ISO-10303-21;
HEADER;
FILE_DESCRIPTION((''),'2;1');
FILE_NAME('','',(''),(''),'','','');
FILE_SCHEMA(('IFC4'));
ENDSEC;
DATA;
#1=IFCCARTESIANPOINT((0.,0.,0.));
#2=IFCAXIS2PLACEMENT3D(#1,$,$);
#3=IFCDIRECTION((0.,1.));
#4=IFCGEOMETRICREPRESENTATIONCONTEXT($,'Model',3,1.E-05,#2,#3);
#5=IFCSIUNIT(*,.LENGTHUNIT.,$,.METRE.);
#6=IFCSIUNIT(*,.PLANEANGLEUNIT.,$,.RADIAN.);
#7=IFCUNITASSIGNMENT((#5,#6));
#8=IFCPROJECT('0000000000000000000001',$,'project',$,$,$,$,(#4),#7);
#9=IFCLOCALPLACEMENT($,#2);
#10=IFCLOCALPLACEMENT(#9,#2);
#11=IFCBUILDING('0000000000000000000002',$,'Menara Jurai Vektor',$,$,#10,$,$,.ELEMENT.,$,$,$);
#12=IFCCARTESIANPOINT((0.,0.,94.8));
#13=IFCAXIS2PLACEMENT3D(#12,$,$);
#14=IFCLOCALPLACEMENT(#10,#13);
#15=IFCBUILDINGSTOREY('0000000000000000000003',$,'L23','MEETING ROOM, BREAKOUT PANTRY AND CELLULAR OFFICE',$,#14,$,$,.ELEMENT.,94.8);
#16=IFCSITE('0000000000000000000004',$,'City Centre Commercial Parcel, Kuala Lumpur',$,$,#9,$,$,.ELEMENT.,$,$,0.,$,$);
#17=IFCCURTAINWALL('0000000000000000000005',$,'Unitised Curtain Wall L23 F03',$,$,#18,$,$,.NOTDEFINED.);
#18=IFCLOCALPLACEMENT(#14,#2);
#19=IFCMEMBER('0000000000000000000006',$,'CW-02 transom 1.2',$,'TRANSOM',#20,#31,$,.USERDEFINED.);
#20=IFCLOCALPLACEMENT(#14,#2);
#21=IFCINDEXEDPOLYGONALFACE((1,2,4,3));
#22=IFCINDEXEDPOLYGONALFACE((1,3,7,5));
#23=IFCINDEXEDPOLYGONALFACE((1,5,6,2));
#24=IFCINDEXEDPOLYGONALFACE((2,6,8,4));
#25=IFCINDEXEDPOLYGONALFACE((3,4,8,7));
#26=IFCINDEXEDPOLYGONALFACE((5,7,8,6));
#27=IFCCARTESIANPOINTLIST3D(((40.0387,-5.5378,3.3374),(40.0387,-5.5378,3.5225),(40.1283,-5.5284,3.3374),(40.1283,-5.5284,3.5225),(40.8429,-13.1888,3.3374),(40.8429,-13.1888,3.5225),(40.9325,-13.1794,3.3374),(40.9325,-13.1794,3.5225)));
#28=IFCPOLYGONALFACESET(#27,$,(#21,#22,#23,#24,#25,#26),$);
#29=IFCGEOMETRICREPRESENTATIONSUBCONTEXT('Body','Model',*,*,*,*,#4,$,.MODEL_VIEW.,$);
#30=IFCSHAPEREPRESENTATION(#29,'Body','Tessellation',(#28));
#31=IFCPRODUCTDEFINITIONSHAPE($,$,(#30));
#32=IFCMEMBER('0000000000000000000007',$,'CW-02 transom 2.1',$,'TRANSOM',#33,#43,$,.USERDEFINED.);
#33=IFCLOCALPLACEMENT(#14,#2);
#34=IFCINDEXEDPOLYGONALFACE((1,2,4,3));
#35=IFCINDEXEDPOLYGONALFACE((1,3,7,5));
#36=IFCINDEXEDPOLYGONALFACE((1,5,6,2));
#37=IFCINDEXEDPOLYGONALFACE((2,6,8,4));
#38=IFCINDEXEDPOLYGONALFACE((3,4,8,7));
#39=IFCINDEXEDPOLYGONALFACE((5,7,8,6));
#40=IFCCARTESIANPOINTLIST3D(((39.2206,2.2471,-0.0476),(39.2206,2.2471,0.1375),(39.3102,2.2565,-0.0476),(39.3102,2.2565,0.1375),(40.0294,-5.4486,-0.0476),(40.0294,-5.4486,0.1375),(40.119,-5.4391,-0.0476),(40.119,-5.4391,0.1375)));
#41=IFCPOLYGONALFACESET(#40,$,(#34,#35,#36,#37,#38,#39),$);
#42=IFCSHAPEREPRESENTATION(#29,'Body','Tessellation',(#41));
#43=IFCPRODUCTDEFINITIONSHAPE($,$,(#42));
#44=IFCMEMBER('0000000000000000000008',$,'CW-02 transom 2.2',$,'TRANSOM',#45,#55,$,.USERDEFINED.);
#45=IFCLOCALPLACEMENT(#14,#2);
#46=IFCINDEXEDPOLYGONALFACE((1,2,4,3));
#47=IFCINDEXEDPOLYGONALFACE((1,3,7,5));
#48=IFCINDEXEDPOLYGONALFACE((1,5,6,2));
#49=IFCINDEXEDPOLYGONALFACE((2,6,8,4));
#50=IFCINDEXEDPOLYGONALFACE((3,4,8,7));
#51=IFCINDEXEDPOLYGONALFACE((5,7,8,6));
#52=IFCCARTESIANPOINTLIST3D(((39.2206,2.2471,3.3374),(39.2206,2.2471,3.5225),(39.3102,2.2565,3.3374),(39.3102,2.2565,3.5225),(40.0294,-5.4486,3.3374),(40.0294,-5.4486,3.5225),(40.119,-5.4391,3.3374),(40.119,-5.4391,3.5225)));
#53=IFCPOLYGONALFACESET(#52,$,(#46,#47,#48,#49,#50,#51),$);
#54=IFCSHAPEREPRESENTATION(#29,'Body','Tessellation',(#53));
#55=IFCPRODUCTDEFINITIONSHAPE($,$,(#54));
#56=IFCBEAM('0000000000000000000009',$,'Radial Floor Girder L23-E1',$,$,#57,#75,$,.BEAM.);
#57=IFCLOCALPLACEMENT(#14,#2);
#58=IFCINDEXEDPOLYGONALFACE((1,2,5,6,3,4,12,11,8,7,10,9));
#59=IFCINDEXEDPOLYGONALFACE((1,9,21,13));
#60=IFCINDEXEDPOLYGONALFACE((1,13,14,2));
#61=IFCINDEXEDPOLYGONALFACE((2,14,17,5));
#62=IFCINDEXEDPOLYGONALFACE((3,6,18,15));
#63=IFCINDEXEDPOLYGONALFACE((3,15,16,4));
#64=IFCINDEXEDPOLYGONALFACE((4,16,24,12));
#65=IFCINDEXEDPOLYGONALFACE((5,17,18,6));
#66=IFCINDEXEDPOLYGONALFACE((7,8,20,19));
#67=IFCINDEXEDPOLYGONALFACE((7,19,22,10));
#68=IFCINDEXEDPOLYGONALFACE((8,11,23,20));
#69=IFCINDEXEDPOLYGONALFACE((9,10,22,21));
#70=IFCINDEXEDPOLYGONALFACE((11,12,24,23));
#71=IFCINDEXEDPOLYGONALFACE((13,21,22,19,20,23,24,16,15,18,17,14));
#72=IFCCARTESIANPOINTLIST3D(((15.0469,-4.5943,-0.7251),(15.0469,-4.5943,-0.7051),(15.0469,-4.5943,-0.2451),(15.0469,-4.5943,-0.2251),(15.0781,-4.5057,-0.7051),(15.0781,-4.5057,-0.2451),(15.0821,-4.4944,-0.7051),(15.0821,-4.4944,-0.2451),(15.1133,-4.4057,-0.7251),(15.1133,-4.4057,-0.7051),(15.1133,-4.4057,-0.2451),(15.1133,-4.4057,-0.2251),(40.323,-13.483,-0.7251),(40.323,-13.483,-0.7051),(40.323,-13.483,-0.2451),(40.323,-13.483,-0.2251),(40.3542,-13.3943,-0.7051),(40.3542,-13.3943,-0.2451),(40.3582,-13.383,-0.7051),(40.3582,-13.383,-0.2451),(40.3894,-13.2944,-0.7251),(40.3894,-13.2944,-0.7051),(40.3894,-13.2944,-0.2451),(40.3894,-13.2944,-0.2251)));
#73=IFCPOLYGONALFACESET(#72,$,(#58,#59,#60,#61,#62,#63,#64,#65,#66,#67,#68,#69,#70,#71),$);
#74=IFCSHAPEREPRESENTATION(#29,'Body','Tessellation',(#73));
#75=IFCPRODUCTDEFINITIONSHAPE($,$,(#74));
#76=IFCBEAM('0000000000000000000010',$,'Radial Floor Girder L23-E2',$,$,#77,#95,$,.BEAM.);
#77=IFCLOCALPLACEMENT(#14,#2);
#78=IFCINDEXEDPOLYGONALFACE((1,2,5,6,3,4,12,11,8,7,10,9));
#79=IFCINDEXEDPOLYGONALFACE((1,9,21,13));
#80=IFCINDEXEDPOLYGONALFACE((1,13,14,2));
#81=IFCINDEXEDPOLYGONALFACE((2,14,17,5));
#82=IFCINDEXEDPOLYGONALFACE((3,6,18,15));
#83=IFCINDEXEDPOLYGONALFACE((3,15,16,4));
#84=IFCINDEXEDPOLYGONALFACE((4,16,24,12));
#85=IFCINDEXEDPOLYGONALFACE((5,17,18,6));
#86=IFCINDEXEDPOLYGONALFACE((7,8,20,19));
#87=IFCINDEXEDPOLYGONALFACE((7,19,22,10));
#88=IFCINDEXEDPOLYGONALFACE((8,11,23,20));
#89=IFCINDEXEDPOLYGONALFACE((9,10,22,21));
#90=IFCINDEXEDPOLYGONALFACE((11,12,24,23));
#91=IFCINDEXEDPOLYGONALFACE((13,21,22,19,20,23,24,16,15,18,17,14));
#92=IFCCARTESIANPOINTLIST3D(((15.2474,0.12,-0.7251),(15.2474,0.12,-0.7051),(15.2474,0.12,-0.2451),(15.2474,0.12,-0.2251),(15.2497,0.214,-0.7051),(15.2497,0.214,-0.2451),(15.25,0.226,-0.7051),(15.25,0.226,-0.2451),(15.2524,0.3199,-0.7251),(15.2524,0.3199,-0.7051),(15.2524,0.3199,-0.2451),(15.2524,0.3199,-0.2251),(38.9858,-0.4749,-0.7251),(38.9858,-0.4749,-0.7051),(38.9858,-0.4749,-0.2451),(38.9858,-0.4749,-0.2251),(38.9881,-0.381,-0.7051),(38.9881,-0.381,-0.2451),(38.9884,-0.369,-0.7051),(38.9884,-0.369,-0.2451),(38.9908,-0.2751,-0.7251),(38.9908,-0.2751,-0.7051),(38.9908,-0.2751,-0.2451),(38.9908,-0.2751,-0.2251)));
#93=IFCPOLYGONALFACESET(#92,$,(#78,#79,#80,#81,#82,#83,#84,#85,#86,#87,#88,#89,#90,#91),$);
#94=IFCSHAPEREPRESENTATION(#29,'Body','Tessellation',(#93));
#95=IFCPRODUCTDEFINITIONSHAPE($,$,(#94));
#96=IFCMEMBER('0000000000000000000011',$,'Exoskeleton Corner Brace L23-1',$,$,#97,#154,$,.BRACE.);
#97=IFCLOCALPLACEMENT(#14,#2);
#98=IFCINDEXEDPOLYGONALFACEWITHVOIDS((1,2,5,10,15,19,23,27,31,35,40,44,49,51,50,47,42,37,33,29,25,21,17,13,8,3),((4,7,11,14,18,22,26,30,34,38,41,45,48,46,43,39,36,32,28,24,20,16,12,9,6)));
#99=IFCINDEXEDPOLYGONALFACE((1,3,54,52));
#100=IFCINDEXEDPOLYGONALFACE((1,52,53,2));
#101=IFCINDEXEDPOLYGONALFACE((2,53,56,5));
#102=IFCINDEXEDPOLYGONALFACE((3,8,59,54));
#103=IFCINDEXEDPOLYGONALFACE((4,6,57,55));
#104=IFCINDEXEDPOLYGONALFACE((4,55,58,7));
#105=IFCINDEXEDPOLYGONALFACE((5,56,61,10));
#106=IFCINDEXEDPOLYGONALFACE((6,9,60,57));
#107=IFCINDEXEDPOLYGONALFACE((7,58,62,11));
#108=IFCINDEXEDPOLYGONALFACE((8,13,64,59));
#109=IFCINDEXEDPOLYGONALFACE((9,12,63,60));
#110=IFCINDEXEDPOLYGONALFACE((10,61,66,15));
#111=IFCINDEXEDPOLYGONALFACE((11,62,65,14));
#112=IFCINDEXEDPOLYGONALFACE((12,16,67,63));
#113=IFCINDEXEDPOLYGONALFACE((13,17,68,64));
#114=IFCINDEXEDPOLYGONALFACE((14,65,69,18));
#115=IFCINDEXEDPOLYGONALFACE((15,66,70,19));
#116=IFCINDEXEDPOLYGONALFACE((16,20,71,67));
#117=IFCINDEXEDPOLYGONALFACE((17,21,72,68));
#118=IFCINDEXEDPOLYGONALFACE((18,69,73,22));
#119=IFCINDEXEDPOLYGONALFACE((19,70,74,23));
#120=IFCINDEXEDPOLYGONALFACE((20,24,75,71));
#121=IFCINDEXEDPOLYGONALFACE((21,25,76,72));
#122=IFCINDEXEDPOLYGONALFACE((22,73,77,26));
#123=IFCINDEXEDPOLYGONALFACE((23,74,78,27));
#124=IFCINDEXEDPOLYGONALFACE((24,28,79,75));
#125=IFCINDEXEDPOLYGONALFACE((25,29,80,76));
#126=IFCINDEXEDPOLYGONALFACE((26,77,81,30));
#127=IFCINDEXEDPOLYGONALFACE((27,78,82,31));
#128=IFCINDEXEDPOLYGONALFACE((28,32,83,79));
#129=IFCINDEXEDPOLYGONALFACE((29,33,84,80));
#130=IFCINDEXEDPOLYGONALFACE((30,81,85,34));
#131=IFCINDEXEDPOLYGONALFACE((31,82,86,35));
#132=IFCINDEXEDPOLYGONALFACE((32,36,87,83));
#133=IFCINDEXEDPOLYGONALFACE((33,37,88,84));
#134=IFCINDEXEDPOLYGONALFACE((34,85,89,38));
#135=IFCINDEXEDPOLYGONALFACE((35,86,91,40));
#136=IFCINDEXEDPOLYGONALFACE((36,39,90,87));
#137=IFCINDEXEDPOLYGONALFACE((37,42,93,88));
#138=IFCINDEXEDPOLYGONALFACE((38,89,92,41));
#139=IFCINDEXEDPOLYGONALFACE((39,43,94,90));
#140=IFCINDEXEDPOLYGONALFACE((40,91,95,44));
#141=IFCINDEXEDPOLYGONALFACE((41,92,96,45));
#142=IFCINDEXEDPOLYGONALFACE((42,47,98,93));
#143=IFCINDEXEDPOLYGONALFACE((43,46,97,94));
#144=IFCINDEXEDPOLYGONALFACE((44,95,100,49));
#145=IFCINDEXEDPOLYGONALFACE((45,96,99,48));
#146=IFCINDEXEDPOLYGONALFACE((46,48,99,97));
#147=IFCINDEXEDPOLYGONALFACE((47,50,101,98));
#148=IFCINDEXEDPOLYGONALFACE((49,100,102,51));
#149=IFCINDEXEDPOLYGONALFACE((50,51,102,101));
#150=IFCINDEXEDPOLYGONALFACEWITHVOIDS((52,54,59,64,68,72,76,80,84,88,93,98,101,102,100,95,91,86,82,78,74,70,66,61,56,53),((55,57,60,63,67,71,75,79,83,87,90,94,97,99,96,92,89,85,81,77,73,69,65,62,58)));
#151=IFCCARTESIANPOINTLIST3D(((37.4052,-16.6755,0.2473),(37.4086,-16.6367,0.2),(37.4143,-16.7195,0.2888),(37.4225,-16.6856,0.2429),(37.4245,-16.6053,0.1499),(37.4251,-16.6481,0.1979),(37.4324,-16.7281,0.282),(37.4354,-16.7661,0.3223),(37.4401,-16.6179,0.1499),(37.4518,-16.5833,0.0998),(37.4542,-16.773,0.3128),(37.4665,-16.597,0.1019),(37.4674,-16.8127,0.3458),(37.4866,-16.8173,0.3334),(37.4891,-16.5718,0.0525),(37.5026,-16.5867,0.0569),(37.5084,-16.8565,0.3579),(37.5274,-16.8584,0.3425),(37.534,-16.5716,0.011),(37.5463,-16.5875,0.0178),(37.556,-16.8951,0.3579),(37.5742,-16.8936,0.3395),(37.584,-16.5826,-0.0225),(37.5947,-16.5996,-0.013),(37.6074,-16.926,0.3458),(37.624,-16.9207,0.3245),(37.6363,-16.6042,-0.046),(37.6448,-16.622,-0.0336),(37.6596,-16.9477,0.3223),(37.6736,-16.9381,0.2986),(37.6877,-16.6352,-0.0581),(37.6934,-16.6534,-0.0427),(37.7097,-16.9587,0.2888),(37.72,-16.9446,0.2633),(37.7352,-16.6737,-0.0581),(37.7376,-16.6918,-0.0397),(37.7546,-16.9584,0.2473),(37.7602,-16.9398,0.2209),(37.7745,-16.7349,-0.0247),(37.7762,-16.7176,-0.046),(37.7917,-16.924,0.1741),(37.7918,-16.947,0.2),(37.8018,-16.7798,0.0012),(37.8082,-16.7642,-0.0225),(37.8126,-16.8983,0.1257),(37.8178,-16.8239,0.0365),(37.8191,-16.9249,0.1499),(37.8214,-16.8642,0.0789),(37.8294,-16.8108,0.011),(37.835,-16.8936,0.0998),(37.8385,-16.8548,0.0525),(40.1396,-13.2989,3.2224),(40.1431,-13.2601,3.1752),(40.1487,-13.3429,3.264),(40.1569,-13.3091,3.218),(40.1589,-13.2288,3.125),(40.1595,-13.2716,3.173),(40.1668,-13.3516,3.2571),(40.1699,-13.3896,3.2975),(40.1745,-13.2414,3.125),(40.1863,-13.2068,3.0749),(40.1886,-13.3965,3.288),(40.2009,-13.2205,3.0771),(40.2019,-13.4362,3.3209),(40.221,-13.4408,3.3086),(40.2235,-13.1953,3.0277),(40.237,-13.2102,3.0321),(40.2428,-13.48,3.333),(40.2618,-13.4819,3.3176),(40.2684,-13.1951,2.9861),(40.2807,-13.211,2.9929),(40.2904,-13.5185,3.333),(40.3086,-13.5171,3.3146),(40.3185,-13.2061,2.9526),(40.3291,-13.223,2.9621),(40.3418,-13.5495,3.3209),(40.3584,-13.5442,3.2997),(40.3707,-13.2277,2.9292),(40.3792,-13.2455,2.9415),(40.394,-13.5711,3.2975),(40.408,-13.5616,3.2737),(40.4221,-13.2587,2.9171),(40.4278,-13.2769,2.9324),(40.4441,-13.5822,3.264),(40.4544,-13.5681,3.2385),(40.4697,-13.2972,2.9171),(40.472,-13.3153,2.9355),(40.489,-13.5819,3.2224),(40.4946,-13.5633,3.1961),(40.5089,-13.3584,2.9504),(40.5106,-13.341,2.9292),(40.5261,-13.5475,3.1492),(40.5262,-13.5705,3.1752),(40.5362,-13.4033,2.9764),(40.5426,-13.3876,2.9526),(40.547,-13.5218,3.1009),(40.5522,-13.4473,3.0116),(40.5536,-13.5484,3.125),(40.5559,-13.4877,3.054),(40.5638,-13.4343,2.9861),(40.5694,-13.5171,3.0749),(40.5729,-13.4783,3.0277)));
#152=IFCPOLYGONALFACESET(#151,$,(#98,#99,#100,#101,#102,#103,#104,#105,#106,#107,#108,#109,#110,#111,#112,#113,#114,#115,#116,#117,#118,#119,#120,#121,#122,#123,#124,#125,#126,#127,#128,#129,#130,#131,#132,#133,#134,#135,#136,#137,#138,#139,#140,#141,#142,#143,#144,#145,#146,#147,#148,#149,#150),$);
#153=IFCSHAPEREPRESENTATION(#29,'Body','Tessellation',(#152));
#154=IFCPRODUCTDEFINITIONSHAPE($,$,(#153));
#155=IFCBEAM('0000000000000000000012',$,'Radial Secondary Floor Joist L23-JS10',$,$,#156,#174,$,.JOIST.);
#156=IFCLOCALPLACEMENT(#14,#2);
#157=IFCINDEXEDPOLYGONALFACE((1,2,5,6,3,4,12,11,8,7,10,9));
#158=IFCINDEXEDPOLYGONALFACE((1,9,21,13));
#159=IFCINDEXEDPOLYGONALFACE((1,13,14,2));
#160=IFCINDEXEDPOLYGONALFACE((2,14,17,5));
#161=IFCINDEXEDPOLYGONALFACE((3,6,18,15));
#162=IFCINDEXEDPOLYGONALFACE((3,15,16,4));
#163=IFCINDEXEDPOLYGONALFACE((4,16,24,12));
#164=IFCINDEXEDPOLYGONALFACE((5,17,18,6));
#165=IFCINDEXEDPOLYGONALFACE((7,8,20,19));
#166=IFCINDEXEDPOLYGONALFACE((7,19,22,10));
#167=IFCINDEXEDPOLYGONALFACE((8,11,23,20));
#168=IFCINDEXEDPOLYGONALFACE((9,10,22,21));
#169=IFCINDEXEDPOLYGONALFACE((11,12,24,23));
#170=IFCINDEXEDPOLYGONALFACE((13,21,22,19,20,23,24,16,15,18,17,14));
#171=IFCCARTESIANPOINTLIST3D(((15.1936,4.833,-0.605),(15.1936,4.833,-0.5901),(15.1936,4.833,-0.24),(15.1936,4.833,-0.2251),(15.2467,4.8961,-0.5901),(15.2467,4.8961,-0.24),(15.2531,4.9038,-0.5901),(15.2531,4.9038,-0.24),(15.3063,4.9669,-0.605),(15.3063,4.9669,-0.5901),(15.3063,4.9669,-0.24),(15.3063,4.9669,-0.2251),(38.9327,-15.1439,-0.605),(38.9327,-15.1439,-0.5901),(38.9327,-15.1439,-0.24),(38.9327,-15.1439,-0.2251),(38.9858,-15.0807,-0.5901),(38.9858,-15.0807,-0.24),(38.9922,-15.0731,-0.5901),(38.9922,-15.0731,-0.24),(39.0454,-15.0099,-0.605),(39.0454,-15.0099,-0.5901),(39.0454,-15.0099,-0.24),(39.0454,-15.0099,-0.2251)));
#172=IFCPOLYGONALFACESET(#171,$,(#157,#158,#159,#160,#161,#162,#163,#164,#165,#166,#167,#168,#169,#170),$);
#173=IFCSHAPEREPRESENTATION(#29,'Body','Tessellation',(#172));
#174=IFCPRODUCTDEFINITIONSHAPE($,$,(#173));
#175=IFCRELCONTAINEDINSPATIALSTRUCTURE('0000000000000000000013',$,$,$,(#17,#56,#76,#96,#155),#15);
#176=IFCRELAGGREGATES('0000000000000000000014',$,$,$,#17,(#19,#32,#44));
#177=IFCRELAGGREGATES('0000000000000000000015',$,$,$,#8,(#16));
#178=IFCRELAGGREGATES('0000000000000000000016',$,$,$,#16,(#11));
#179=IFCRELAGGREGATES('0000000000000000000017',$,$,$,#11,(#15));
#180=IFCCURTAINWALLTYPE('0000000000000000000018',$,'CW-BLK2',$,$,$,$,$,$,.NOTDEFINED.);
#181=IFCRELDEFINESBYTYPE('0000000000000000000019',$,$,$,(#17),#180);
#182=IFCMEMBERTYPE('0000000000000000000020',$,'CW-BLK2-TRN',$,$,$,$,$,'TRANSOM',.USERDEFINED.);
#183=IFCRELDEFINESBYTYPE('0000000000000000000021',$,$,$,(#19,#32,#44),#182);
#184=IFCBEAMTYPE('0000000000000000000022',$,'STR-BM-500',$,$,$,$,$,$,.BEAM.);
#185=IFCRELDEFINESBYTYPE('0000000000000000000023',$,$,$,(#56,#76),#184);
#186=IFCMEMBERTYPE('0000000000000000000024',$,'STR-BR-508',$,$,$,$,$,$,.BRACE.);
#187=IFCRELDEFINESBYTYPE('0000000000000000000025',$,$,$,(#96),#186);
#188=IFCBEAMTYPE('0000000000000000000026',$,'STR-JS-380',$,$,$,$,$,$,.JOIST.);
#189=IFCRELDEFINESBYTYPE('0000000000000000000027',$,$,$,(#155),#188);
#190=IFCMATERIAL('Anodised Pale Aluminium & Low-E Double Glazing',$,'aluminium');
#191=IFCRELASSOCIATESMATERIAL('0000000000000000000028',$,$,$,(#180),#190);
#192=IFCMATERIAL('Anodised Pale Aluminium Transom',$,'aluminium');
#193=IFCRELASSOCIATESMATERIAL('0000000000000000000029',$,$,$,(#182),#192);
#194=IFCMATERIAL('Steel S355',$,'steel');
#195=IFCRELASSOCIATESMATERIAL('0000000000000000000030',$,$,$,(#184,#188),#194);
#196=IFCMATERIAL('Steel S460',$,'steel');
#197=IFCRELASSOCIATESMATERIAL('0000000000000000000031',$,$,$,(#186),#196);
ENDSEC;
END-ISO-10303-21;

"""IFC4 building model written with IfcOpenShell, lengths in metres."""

from ifc_helpers import new_model, si_unit, direction, frame, origin, origin_2d, place, context, subcontext, project, spatial, rectangle, hollow_circle, i_section, extrude, material, material_profile, profile_set, type_object, element, aggregate, save


model = new_model("IFC4")

# Units and contexts
model_context = context("Model", 3, precision=1e-05, world=origin(), true_north=direction((0.0, 1.0)))
body_context = subcontext(model_context, "Body", "Model", "MODEL_VIEW")
ifc_project = project(units=[si_unit("LENGTHUNIT", "METRE"), si_unit("PLANEANGLEUNIT", "RADIAN")], contexts=[model_context])

# Site, building, storey
site_placement = place(None, origin())
site = spatial("IfcSite", under=ifc_project, at=site_placement, Name="City Centre Commercial Parcel, Kuala Lumpur", CompositionType="ELEMENT", RefElevation=0.0)
building_placement = place(site_placement, origin())
building = spatial("IfcBuilding", under=site, at=building_placement, Name="Menara Jurai Vektor", CompositionType="ELEMENT")
storey_placement = place(building_placement, frame((0.0, 0.0, 94.8)))
storey = spatial("IfcBuildingStorey", under=building, at=storey_placement, Name="L23", Description="MEETING ROOM, BREAKOUT PANTRY AND CELLULAR OFFICE", CompositionType="ELEMENT", Elevation=94.8)

# Shared definitions
ifc_material_1 = material(Name="Steel S460", Category="steel")

# Curtain wall
ifc_material_2 = material(Name="Anodised Pale Aluminium & Low-E Double Glazing", Category="aluminium")
curtain_wall_type = type_object("IfcCurtainWallType", Name="CW-BLK2", PredefinedType="NOTDEFINED", material=ifc_material_2)
curtain_wall_1_placement = place(storey_placement, origin())
curtain_wall_1 = element("IfcCurtainWall", 1, at=curtain_wall_1_placement, inside=storey, type_object=curtain_wall_type, Name="Unitised Curtain Wall L23 F03", PredefinedType="NOTDEFINED")

# Members
ifc_material_3 = material(Name="Anodised Pale Aluminium Transom", Category="aluminium")
ifc_material_profile_1 = material_profile(ifc_material_3, rectangle(XDim=0.0901, YDim=0.1851, at=origin_2d()), Name="ALU TRN 90x185")
ifc_profile_set_1 = profile_set([ifc_material_profile_1], Name="Anodised Pale Aluminium Transom")
member_type_1 = type_object("IfcMemberType", Name="CW-BLK2-TRN", ElementType="TRANSOM", PredefinedType="USERDEFINED", material=ifc_profile_set_1)
member_1_placement = place(storey_placement, frame((40.8877, -13.1841, 3.4299), z_axis=(-0.104536, 0.994521, 0.0), x_axis=(-0.994521, -0.104536, 0.0)))
member_1 = element("IfcMember", 2, at=member_1_placement, type_object=member_type_1, Name="CW-02 transom 1.2", ObjectType="TRANSOM", PredefinedType="USERDEFINED", context=body_context, shape_type="SweptSolid", body=[
    extrude(rectangle(XDim=0.0901, YDim=0.1851, at=origin_2d()), origin(), (0.0, 0.0, 1.0), 7.6931),
])
member_2_placement = place(storey_placement, frame((40.0742, -5.4438, 0.0449), z_axis=(-0.104529, 0.994522, 0.0), x_axis=(-0.994522, -0.104529, 0.0)))
member_2 = element("IfcMember", 3, at=member_2_placement, type_object=member_type_1, Name="CW-02 transom 2.1", ObjectType="TRANSOM", PredefinedType="USERDEFINED", context=body_context, shape_type="SweptSolid", body=[
    extrude(rectangle(XDim=0.0901, YDim=0.1851, at=origin_2d()), origin(), (0.0, 0.0, 1.0), 7.738),
])
member_3_placement = place(storey_placement, frame((40.0742, -5.4438, 3.4299), z_axis=(-0.104529, 0.994522, 0.0), x_axis=(-0.994522, -0.104529, 0.0)))
member_3 = element("IfcMember", 4, at=member_3_placement, type_object=member_type_1, Name="CW-02 transom 2.2", ObjectType="TRANSOM", PredefinedType="USERDEFINED", context=body_context, shape_type="SweptSolid", body=[
    extrude(rectangle(XDim=0.0901, YDim=0.1851, at=origin_2d()), origin(), (0.0, 0.0, 1.0), 7.738),
])

# Beams
ifc_material_4 = material(Name="Steel S355", Category="steel")
ifc_material_profile_2 = material_profile(ifc_material_4, i_section(OverallWidth=0.2, OverallDepth=0.5, WebThickness=0.012, FlangeThickness=0.02, at=origin_2d()), Name="PG 500x200x96")
ifc_profile_set_2 = profile_set([ifc_material_profile_2], Name="Steel S355")
beam_type_1 = type_object("IfcBeamType", Name="STR-BM-500", PredefinedType="BEAM", material=ifc_profile_set_2)
beam_1_placement = place(storey_placement, frame((40.3562, -13.3887, -0.4751), z_axis=(-0.943368, 0.331747, 0.0), x_axis=(-0.331747, -0.943368, 0.0)))
element("IfcBeam", 5, at=beam_1_placement, inside=storey, type_object=beam_type_1, Name="Radial Floor Girder L23-E1", PredefinedType="BEAM", context=body_context, shape_type="SweptSolid", body=[
    extrude(i_section(OverallWidth=0.2, OverallDepth=0.5, WebThickness=0.012, FlangeThickness=0.02, at=origin_2d()), origin(), (0.0, 0.0, 1.0), 26.7935),
])
beam_2_placement = place(storey_placement, frame((38.9883, -0.375, -0.4751), z_axis=(-0.999686, 0.025056, 0.0), x_axis=(-0.025056, -0.999686, 0.0)))
element("IfcBeam", 6, at=beam_2_placement, inside=storey, type_object=beam_type_1, Name="Radial Floor Girder L23-E2", PredefinedType="BEAM", context=body_context, shape_type="SweptSolid", body=[
    extrude(i_section(OverallWidth=0.2, OverallDepth=0.5, WebThickness=0.012, FlangeThickness=0.02, at=origin_2d()), origin(), (0.0, 0.0, 1.0), 23.7458),
])

# Member
ifc_material_profile_3 = material_profile(ifc_material_1, hollow_circle(Radius=0.2539, WallThickness=0.02, at=origin_2d()), Name="CHS 508x20")
ifc_profile_set_3 = profile_set([ifc_material_profile_3], Name="Steel S460")
member_type_2 = type_object("IfcMemberType", Name="STR-BR-508", PredefinedType="BRACE", material=ifc_profile_set_3)
member_4_placement = place(storey_placement, frame((37.6218, -16.7651, 0.1499), z_axis=(0.519272, 0.641208, 0.564986), x_axis=(-0.777127, 0.629344, 0.0)))
element("IfcMember", 7, at=member_4_placement, inside=storey, type_object=member_type_2, Name="Exoskeleton Corner Brace L23-1", PredefinedType="BRACE", context=body_context, shape_type="SweptSolid", body=[
    extrude(hollow_circle(Radius=0.2539, WallThickness=0.02, at=origin_2d()), origin(), (0.0, 0.0, 1.0), 5.2659),
])

# Beam
ifc_material_profile_4 = material_profile(ifc_material_4, i_section(OverallWidth=0.175, OverallDepth=0.3799, WebThickness=0.01, FlangeThickness=0.0149, at=origin_2d()), Name="PG 380x175x58")
ifc_profile_set_4 = profile_set([ifc_material_profile_4], Name="Steel S355")
beam_type_2 = type_object("IfcBeamType", Name="STR-JS-380", PredefinedType="JOIST", material=ifc_profile_set_4)
beam_3_placement = place(storey_placement, frame((38.989, -15.0769, -0.415), z_axis=(-0.765133, 0.643873, 0.0), x_axis=(-0.643873, -0.765133, 0.0)))
element("IfcBeam", 8, at=beam_3_placement, inside=storey, type_object=beam_type_2, Name="Radial Secondary Floor Joist L23-JS10", PredefinedType="JOIST", context=body_context, shape_type="SweptSolid", body=[
    extrude(i_section(OverallWidth=0.175, OverallDepth=0.3799, WebThickness=0.01, FlangeThickness=0.0149, at=origin_2d()), origin(), (0.0, 0.0, 1.0), 31.0261),
])

aggregate(curtain_wall_1, [member_1, member_2, member_3])

save(model, "model.ifc")
